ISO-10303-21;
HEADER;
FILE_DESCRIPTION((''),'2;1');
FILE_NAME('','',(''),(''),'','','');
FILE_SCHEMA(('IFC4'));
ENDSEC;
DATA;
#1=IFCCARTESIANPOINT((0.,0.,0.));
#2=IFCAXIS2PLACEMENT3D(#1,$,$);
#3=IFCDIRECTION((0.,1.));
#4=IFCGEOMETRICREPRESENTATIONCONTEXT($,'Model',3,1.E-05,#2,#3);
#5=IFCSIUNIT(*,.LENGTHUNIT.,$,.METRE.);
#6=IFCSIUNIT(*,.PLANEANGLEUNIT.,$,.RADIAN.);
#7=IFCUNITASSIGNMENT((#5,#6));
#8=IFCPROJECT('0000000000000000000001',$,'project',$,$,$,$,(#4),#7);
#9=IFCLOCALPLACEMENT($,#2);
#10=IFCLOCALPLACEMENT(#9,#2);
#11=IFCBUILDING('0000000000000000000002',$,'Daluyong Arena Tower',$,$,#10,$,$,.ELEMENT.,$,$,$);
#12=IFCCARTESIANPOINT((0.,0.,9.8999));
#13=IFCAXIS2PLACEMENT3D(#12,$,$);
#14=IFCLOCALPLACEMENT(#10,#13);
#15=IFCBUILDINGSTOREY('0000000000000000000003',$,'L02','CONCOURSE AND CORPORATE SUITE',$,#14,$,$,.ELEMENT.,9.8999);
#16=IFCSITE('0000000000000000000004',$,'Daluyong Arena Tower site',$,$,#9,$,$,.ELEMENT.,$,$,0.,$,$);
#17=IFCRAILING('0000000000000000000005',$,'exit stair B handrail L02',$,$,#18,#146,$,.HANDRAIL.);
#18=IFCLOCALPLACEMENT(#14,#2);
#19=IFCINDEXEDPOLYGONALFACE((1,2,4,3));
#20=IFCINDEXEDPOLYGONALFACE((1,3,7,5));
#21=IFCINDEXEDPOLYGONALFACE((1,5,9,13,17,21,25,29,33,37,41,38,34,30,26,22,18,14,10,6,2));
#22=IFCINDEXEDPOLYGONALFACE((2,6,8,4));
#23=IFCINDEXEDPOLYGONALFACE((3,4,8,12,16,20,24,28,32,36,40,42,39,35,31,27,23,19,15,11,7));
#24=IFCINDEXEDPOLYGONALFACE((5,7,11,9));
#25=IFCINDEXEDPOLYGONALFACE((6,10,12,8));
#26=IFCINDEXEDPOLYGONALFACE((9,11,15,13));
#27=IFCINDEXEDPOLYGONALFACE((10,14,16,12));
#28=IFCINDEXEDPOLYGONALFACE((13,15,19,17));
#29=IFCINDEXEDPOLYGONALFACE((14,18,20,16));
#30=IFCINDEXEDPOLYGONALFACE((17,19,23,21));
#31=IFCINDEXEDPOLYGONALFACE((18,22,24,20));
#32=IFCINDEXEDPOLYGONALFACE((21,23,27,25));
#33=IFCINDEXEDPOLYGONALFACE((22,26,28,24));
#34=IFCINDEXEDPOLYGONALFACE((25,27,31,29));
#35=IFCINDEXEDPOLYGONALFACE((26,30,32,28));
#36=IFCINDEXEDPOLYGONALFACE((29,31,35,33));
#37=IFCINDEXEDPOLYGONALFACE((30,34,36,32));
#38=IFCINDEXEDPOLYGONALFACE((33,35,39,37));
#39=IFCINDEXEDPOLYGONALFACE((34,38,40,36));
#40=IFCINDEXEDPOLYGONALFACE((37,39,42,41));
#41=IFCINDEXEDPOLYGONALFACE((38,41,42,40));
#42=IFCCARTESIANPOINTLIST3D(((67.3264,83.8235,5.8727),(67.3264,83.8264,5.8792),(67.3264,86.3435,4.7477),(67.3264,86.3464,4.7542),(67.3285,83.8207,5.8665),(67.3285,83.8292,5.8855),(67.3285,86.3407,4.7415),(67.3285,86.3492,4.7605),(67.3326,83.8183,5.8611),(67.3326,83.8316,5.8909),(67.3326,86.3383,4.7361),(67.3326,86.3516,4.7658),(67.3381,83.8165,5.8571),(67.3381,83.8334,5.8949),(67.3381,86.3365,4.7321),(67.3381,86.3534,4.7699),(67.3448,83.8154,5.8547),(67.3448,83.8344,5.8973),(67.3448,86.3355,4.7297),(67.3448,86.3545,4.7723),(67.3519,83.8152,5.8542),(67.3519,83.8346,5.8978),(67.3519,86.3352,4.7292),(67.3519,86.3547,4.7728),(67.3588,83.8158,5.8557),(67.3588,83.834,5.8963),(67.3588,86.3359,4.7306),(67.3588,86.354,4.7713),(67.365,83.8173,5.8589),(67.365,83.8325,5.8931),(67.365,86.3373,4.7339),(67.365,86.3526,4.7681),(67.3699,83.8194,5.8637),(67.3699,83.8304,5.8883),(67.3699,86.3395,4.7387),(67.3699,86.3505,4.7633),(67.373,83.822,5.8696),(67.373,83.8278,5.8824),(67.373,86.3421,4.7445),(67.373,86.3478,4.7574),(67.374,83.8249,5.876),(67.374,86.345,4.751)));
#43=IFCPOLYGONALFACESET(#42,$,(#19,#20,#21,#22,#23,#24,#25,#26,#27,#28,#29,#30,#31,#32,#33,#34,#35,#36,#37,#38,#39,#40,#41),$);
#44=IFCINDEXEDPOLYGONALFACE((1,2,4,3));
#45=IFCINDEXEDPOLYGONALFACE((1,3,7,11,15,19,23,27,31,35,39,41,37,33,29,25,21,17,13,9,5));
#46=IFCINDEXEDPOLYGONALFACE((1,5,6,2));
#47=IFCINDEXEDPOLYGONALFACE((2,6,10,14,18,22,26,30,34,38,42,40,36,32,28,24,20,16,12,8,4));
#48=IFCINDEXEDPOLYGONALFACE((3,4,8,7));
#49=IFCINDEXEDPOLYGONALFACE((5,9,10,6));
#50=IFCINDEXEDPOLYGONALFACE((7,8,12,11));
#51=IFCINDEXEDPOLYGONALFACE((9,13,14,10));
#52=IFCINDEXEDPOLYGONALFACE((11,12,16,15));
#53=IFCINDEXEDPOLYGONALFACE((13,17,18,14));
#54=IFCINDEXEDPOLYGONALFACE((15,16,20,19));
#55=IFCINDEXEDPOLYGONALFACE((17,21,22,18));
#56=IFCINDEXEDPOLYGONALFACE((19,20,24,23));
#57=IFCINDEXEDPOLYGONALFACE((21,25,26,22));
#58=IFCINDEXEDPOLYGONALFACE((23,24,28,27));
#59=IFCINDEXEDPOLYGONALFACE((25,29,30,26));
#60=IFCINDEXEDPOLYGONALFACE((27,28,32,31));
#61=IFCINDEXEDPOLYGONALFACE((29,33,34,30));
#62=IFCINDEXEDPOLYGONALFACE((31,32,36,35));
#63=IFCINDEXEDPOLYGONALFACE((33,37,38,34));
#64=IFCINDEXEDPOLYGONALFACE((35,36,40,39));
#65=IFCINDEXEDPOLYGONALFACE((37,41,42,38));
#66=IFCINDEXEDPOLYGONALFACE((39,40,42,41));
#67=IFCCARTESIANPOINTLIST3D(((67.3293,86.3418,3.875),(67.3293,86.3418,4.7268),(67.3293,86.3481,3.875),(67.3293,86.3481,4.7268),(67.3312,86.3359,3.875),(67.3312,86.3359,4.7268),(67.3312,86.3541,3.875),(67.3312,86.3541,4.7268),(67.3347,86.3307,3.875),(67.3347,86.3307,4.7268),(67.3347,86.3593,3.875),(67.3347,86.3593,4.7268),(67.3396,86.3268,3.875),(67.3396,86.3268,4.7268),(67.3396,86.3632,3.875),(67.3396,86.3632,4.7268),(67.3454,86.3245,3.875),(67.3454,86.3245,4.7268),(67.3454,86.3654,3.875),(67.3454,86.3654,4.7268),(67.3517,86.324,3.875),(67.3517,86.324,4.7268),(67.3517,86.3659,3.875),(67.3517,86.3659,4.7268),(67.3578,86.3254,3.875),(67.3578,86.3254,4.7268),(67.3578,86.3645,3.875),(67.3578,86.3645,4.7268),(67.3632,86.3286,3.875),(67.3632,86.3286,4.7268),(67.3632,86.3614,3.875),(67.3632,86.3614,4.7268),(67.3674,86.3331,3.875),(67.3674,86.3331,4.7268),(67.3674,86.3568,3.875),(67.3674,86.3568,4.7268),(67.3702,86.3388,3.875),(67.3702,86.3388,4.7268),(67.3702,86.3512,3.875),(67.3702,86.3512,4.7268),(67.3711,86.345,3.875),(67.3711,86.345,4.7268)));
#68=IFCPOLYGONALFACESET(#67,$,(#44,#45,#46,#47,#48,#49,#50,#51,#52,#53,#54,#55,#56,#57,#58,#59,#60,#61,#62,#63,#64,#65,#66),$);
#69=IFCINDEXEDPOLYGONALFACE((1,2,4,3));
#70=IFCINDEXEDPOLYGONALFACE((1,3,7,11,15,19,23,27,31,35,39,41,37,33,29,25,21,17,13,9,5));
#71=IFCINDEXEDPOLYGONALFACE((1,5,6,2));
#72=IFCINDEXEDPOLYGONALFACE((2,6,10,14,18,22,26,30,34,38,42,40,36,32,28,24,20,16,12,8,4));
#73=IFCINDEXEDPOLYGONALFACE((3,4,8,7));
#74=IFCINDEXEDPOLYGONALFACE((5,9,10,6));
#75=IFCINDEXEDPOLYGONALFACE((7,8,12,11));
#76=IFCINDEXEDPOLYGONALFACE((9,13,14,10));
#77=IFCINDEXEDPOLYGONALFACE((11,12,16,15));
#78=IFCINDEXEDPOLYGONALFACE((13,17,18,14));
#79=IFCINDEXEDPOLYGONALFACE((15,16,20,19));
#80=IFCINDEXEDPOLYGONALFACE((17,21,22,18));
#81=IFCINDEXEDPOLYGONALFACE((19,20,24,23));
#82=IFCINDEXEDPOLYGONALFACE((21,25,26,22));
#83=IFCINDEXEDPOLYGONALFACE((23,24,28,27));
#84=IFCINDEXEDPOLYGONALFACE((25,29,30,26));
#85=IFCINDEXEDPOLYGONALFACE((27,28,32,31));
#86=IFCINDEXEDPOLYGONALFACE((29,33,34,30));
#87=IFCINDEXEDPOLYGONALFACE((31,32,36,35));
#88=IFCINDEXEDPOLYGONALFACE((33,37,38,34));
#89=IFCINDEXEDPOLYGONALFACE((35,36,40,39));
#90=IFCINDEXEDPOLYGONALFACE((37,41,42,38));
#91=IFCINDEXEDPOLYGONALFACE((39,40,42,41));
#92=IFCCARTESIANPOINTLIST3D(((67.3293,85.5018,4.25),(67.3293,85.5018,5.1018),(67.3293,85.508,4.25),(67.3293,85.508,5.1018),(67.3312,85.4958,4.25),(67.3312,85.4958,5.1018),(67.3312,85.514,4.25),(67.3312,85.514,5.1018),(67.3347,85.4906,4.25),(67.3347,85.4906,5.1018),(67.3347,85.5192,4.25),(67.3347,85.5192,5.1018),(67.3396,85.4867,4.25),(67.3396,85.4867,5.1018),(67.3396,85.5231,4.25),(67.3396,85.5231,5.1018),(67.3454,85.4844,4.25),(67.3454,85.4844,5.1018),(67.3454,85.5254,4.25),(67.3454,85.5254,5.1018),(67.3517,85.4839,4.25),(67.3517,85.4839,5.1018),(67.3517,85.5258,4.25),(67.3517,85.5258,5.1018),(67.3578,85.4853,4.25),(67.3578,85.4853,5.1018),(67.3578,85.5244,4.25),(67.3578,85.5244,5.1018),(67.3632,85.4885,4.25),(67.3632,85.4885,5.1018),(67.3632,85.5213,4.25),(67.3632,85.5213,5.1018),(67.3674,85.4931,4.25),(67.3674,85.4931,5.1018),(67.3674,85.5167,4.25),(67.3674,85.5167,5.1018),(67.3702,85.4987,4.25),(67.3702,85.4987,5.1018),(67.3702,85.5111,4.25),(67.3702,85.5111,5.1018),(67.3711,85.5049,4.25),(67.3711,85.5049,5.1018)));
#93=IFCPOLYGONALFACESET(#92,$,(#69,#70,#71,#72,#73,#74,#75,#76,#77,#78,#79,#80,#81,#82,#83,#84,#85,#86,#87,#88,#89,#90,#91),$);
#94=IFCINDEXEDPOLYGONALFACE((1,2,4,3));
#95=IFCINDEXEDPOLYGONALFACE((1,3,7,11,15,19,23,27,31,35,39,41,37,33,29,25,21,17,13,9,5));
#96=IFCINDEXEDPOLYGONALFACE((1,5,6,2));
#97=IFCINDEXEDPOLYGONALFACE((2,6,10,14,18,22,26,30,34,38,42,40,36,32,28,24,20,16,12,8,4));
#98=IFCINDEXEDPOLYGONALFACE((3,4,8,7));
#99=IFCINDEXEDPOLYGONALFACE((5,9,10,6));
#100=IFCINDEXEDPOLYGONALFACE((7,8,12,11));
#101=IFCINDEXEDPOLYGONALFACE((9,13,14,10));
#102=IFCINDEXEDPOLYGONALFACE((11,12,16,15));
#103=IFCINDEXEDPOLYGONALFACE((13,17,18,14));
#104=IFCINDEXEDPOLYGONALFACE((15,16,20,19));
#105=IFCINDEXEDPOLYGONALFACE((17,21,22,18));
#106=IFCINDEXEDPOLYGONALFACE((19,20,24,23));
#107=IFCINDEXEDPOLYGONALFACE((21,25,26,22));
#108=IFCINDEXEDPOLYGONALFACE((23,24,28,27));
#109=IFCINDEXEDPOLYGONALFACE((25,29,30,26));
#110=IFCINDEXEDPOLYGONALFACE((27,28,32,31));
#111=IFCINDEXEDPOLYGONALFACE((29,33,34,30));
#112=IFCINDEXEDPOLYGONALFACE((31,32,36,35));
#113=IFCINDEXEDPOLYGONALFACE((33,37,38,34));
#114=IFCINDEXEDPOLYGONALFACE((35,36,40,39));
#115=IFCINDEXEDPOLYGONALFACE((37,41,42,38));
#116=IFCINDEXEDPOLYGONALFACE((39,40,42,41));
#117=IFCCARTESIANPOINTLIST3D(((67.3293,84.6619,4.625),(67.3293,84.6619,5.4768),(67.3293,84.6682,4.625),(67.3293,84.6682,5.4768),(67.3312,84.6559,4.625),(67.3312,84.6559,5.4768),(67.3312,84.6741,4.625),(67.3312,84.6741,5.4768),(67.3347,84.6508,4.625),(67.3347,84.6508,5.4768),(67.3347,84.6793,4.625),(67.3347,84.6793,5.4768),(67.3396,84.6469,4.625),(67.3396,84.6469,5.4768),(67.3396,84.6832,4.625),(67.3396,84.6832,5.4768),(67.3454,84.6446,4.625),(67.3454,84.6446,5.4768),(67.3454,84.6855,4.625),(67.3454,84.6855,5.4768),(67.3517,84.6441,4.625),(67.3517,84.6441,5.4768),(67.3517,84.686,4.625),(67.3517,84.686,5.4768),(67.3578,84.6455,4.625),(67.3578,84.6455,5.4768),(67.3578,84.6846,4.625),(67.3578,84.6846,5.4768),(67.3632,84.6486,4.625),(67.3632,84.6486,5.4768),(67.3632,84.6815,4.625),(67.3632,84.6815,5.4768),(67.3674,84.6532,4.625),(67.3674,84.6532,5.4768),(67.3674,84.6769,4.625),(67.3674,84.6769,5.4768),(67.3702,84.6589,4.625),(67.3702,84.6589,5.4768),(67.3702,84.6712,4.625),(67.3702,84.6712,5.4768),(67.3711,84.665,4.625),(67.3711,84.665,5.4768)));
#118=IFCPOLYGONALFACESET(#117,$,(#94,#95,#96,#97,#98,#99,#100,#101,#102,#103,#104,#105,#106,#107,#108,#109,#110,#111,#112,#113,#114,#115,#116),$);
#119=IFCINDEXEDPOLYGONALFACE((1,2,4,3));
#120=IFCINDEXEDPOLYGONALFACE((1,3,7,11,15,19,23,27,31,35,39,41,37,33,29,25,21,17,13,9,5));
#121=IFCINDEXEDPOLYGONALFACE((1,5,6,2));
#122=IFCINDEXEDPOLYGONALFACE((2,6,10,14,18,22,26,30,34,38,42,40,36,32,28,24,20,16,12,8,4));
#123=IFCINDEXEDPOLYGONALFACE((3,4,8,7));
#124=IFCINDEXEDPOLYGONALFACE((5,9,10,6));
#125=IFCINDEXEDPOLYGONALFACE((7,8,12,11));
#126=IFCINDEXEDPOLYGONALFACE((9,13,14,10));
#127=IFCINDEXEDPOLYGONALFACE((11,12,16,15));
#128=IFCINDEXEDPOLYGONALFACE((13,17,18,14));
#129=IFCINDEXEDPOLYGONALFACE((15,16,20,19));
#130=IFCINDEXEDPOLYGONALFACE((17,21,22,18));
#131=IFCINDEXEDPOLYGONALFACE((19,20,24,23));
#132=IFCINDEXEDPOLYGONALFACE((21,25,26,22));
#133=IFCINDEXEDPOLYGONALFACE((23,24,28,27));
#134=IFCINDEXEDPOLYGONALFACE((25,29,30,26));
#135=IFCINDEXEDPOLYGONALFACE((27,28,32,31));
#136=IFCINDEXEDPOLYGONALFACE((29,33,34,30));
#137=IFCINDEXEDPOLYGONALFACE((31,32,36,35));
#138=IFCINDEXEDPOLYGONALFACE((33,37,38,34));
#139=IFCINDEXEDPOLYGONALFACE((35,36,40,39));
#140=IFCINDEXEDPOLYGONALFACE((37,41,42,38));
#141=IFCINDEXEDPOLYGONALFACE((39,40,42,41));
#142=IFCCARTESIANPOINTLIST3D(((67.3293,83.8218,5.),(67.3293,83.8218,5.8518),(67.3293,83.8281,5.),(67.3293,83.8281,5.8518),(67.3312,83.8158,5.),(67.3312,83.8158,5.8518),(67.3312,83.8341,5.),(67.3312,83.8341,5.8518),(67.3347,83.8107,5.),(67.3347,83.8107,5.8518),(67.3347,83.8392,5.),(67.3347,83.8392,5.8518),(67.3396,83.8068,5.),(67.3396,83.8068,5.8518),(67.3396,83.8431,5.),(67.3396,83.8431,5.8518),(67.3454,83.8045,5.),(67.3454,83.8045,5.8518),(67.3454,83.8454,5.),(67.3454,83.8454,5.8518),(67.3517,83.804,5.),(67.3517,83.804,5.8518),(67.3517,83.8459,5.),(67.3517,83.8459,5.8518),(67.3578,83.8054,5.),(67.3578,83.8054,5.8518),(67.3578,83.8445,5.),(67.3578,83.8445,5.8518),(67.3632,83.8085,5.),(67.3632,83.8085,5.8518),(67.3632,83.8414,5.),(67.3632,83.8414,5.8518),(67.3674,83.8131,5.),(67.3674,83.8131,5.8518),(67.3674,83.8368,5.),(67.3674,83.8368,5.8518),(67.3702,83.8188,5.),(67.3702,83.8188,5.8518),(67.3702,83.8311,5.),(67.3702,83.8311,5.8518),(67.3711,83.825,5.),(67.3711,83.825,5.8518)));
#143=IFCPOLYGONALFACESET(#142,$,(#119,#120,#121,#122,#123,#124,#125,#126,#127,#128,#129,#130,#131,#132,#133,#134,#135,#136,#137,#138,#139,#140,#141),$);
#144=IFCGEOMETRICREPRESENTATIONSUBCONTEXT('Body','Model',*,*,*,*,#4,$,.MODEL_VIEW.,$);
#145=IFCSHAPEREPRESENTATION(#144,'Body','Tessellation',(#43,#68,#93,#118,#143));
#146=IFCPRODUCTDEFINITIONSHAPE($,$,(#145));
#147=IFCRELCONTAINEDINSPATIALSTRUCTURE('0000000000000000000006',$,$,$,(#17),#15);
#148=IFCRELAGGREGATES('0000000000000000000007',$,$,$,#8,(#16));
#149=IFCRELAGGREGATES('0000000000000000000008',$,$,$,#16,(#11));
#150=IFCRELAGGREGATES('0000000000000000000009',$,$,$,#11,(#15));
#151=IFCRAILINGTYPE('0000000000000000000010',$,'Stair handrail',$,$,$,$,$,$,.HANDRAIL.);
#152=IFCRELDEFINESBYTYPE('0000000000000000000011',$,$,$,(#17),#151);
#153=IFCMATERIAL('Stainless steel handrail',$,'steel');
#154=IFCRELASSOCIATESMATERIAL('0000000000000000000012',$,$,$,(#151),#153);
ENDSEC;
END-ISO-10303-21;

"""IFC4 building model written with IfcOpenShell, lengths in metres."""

from ifc_helpers import new_model, si_unit, direction, frame, origin, origin_2d, place, context, subcontext, project, spatial, circle, extrude, material, type_object, element, save


model = new_model("IFC4")

# Units and contexts
model_context = context("Model", 3, precision=1e-05, world=origin(), true_north=direction((0.0, 1.0)))
body_context = subcontext(model_context, "Body", "Model", "MODEL_VIEW")
ifc_project = project(units=[si_unit("LENGTHUNIT", "METRE"), si_unit("PLANEANGLEUNIT", "RADIAN")], contexts=[model_context])

# Site, building, storey
site_placement = place(None, origin())
site = spatial("IfcSite", under=ifc_project, at=site_placement, Name="Daluyong Arena Tower site", CompositionType="ELEMENT", RefElevation=0.0)
building_placement = place(site_placement, origin())
building = spatial("IfcBuilding", under=site, at=building_placement, Name="Daluyong Arena Tower", CompositionType="ELEMENT")
storey_placement = place(building_placement, frame((0.0, 0.0, 9.8999)))
storey = spatial("IfcBuildingStorey", under=building, at=storey_placement, Name="L02", Description="CONCOURSE AND CORPORATE SUITE", CompositionType="ELEMENT", Elevation=9.8999)

# Railing
ifc_material_1 = material(Name="Stainless steel handrail", Category="steel")
railing_type_1 = type_object("IfcRailingType", Name="Stair handrail", PredefinedType="HANDRAIL", material=ifc_material_1)
for number, where, name in (
    (1, (67.3501, 86.345, 3.875), "exit stair B handrail L02"),
):
    element("IfcRailing", number, at=place(storey_placement, frame(where)), inside=storey, type_object=railing_type_1, Name=name, PredefinedType="HANDRAIL", context=body_context, shape_type="SweptSolid", body=[
        extrude(circle(Radius=0.0239, at=origin_2d()), frame((0.0, 0.0, 0.876), z_axis=(0.0, -0.913139, 0.407648), x_axis=(1.0, 0.0, 0.0)), (0.0, 0.0, 1.0), 2.7598),
        extrude(circle(Radius=0.021, at=origin_2d()), origin(), (0.0, 0.0, 1.0), 0.8518),
        extrude(circle(Radius=0.021, at=origin_2d()), frame((0.0, -0.8401, 0.375)), (0.0, 0.0, 1.0), 0.8518),
        extrude(circle(Radius=0.021, at=origin_2d()), frame((0.0, -1.6799, 0.75)), (0.0, 0.0, 1.0), 0.8518),
        extrude(circle(Radius=0.021, at=origin_2d()), frame((0.0, -2.52, 1.125)), (0.0, 0.0, 1.0), 0.8518),
    ])

save(model, "model.ifc")
